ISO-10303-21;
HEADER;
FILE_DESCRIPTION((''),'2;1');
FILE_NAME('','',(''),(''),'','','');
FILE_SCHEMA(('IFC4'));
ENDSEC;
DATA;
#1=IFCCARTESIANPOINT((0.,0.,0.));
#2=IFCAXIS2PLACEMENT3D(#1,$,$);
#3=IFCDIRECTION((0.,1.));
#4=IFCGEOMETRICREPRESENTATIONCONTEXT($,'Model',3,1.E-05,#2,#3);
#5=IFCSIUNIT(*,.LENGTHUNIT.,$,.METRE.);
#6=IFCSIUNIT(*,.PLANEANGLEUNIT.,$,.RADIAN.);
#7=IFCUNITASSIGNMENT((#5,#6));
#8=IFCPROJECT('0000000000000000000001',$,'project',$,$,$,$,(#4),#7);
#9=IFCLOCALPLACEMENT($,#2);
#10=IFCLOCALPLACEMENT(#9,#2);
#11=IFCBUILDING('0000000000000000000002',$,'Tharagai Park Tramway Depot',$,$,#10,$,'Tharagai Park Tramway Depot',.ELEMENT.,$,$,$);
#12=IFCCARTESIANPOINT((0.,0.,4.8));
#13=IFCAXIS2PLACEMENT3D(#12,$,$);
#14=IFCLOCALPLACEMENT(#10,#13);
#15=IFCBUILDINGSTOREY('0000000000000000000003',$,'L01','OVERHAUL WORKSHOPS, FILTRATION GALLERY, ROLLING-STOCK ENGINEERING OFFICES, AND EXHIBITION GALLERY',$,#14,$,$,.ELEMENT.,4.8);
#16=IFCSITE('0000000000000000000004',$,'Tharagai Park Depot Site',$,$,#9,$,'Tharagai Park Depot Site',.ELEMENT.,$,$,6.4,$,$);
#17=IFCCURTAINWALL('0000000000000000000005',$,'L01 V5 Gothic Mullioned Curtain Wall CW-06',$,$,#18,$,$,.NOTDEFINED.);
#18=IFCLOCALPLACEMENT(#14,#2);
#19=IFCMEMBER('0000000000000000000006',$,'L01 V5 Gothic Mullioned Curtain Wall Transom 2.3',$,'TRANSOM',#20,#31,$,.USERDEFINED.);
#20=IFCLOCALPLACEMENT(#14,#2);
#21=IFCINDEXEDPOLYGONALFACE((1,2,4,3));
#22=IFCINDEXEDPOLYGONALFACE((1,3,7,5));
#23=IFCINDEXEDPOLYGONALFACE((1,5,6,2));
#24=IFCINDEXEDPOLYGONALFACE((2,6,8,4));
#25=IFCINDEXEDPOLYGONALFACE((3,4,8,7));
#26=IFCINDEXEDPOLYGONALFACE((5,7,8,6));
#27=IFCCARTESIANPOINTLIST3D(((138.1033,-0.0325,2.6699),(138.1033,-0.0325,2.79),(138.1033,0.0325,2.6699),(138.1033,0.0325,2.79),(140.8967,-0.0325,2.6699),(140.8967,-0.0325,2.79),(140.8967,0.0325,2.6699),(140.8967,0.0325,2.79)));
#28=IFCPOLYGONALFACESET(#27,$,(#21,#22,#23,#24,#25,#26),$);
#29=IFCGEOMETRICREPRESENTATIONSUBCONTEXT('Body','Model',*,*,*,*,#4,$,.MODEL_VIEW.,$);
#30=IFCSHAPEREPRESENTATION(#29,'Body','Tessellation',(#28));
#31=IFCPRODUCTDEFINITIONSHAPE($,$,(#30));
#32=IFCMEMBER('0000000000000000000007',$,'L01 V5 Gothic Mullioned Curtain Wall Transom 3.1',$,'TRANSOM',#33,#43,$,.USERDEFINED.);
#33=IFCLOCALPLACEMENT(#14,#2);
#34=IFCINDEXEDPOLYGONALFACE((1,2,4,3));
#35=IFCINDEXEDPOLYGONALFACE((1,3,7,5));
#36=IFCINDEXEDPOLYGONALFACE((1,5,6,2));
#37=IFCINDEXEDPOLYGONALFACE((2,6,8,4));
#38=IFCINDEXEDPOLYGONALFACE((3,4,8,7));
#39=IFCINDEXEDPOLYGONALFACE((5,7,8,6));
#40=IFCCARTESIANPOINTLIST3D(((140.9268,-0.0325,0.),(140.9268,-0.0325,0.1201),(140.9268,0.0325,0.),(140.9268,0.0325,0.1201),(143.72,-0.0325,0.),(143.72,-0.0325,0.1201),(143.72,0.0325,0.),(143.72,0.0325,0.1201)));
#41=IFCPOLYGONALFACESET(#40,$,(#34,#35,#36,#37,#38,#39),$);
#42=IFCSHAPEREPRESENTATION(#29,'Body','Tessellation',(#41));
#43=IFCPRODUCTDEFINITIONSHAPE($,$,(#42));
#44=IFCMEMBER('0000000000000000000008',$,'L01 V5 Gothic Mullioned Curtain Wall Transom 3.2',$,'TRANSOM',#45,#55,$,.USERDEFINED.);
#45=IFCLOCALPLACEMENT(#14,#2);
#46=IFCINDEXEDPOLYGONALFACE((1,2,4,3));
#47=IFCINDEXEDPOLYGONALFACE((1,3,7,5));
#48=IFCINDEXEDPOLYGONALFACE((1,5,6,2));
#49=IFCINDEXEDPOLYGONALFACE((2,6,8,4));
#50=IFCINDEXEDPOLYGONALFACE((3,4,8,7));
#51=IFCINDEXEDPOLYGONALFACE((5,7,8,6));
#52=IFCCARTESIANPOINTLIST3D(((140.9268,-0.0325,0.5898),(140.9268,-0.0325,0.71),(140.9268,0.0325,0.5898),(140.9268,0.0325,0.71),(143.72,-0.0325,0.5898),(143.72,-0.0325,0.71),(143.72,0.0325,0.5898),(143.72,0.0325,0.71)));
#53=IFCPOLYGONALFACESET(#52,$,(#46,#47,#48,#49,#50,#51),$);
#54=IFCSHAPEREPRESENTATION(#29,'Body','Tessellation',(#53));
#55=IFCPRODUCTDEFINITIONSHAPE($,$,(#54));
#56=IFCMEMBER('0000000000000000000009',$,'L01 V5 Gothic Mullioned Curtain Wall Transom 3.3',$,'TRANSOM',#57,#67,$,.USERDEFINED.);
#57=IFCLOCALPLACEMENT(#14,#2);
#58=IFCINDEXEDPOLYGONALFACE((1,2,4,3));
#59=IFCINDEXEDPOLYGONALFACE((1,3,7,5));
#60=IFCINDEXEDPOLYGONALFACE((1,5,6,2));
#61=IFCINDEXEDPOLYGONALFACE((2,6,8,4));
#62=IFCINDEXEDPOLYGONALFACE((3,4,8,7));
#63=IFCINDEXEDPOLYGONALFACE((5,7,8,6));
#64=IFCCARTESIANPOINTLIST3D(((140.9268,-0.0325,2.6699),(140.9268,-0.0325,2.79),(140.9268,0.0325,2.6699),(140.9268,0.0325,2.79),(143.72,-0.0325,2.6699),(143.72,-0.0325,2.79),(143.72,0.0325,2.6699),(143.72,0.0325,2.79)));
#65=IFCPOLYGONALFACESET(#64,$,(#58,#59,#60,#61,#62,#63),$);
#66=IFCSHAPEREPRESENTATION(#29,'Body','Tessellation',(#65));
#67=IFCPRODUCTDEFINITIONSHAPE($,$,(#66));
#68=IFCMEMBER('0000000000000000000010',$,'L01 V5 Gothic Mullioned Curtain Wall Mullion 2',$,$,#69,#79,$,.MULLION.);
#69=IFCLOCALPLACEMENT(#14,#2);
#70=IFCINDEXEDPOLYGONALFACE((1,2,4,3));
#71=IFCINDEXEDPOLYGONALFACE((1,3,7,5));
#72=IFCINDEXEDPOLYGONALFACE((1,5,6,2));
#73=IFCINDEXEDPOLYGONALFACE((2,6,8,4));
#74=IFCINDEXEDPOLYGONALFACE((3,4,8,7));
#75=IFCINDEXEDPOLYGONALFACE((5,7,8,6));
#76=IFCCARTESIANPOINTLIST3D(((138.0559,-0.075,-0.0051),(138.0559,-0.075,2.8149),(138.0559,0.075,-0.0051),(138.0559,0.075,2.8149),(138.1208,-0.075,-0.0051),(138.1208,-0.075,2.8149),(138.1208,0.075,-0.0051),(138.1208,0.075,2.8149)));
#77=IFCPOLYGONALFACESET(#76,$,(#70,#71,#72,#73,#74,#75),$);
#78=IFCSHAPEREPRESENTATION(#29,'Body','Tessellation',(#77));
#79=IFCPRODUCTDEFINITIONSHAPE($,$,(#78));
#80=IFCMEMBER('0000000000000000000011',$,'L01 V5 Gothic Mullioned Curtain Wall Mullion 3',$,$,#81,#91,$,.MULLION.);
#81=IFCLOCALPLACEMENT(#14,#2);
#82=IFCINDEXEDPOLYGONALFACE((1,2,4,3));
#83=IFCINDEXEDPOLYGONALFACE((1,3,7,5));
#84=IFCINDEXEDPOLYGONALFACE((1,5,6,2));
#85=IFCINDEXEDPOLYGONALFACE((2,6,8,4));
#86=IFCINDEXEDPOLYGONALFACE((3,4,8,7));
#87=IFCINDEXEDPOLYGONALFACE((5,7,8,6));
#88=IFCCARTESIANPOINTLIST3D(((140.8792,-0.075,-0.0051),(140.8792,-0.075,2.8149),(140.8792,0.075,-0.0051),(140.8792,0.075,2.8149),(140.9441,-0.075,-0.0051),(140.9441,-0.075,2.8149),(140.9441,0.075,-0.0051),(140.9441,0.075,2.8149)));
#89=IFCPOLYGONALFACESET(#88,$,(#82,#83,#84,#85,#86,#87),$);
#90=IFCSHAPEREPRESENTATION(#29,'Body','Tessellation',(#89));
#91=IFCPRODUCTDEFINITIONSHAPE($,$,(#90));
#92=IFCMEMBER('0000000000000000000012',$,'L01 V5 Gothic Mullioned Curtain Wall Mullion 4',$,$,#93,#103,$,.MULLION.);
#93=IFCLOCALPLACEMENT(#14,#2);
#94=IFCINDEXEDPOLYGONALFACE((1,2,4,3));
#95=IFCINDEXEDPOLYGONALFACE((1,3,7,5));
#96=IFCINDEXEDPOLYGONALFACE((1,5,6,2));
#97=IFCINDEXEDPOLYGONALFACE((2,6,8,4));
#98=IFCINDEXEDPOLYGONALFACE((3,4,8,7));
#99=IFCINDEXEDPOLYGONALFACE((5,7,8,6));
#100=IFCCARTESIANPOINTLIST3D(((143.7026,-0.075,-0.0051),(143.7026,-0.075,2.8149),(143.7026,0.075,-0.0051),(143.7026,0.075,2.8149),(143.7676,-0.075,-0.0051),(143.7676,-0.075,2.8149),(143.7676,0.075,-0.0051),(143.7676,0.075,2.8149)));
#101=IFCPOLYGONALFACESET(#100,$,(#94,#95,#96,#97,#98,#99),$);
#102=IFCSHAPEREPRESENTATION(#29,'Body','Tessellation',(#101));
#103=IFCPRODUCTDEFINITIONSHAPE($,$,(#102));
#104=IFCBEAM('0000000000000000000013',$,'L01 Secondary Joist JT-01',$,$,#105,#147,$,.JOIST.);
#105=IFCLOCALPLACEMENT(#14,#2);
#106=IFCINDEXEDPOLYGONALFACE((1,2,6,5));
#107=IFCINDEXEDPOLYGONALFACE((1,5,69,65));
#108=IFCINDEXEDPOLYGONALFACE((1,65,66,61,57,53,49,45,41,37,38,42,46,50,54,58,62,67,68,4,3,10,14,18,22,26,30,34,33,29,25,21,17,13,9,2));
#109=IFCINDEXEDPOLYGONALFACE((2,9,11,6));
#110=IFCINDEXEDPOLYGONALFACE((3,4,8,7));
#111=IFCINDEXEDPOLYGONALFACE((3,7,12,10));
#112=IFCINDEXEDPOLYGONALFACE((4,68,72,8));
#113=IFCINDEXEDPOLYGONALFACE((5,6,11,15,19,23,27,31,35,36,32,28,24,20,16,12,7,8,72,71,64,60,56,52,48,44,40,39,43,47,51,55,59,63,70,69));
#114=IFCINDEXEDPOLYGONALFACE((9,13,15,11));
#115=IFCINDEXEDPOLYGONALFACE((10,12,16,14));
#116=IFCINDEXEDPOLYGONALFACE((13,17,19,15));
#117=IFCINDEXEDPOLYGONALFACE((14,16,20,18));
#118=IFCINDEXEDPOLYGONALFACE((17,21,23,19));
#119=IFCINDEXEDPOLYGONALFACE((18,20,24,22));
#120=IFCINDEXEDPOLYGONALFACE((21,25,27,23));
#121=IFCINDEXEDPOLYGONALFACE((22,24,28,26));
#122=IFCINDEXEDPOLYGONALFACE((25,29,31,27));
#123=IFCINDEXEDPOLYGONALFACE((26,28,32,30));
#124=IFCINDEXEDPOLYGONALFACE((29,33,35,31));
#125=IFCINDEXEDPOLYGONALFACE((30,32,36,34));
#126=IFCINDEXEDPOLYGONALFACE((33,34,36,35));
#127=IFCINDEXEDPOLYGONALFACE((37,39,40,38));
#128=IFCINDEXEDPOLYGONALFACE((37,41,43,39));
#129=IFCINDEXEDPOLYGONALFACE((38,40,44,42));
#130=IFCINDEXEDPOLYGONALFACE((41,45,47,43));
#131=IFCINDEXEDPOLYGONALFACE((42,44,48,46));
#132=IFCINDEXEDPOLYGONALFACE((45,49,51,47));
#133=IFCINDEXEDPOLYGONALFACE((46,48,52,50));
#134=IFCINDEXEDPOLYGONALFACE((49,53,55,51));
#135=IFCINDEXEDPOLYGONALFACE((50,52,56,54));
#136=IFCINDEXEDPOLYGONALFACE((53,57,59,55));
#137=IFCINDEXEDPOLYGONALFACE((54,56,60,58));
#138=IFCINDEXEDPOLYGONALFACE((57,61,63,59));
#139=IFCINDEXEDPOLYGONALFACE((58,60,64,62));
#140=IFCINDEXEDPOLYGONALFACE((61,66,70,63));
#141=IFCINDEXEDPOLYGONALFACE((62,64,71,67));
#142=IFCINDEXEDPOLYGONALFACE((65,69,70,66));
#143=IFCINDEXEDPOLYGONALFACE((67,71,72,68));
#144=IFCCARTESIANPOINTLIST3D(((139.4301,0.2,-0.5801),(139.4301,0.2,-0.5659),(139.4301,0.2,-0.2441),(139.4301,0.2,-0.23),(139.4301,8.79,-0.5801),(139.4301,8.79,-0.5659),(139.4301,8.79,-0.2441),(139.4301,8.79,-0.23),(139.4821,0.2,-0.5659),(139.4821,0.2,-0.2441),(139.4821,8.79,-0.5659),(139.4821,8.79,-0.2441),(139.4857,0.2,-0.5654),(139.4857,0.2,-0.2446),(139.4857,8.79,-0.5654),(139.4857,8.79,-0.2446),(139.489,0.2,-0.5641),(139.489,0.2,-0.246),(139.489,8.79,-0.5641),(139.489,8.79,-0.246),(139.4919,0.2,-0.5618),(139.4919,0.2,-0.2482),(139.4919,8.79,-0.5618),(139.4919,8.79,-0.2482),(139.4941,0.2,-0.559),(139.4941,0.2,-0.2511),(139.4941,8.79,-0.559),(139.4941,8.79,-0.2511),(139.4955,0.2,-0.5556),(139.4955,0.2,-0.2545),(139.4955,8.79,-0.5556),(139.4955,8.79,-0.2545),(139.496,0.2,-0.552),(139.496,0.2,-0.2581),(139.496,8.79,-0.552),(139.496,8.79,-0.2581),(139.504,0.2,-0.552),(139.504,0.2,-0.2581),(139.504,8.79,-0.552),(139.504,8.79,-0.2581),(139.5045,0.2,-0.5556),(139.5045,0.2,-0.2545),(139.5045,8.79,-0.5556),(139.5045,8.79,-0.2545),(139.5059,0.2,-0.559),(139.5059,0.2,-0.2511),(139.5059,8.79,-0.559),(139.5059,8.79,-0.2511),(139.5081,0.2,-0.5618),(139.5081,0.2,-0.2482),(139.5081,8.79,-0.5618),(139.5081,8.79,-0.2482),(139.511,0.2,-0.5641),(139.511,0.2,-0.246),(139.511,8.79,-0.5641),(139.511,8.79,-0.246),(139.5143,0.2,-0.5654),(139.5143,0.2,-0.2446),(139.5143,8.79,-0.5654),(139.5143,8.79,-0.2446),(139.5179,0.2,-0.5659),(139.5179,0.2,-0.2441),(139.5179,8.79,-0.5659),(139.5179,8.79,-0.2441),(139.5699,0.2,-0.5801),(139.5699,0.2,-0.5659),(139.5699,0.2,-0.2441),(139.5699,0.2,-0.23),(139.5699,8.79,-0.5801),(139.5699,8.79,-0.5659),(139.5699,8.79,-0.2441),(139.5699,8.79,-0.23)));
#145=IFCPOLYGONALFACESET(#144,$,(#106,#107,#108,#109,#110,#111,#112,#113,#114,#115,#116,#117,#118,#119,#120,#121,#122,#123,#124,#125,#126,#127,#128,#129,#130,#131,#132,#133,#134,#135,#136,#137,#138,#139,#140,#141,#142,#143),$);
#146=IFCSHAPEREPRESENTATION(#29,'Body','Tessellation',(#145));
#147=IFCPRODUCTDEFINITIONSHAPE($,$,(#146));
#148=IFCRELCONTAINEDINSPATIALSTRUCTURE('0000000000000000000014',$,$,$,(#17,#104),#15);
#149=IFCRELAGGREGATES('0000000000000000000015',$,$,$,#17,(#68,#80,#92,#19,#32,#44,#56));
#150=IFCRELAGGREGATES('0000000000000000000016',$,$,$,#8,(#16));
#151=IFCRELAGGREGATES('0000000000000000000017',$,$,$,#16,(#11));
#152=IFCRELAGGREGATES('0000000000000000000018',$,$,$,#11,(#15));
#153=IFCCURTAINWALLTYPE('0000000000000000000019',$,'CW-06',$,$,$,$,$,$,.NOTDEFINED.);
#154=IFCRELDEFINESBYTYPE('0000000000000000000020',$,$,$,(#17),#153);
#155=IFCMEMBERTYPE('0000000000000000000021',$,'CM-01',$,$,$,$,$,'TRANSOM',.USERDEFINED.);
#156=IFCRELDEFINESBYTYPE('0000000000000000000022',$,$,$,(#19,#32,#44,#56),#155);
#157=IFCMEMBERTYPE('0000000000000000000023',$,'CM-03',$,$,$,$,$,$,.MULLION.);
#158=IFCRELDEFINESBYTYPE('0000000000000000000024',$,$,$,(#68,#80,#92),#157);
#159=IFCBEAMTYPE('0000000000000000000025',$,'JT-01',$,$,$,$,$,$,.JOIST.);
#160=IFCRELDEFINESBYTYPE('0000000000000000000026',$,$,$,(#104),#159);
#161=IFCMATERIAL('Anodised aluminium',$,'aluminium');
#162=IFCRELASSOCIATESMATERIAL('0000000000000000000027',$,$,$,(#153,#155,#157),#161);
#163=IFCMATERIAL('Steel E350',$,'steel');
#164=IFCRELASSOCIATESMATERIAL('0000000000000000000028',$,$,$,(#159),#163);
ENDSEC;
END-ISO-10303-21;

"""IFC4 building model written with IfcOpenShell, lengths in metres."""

from ifc_helpers import new_model, si_unit, direction, frame, origin, origin_2d, place, context, subcontext, project, spatial, rectangle, i_section, extrude, material, material_profile, profile_set, type_object, element, aggregate, save


model = new_model("IFC4")

# Units and contexts
model_context = context("Model", 3, precision=1e-05, world=origin(), true_north=direction((0.0, 1.0)))
body_context = subcontext(model_context, "Body", "Model", "MODEL_VIEW")
ifc_project = project(units=[si_unit("LENGTHUNIT", "METRE"), si_unit("PLANEANGLEUNIT", "RADIAN")], contexts=[model_context])

# Site, building, storey
site_placement = place(None, origin())
site = spatial("IfcSite", under=ifc_project, at=site_placement, Name="Tharagai Park Depot Site", LongName="Tharagai Park Depot Site", CompositionType="ELEMENT", RefElevation=6.4)
building_placement = place(site_placement, origin())
building = spatial("IfcBuilding", under=site, at=building_placement, Name="Tharagai Park Tramway Depot", LongName="Tharagai Park Tramway Depot", CompositionType="ELEMENT")
storey_placement = place(building_placement, frame((0.0, 0.0, 4.8)))
storey = spatial("IfcBuildingStorey", under=building, at=storey_placement, Name="L01", Description="OVERHAUL WORKSHOPS, FILTRATION GALLERY, ROLLING-STOCK ENGINEERING OFFICES, AND EXHIBITION GALLERY", CompositionType="ELEMENT", Elevation=4.8)

# Curtain wall, members
ifc_material_1 = material(Name="Anodised aluminium", Category="aluminium")
curtain_wall_type = type_object("IfcCurtainWallType", Name="CW-06", PredefinedType="NOTDEFINED", material=ifc_material_1)
curtain_wall_placement = place(storey_placement, origin())
curtain_wall = element("IfcCurtainWall", 1, at=curtain_wall_placement, inside=storey, type_object=curtain_wall_type, Name="L01 V5 Gothic Mullioned Curtain Wall CW-06", PredefinedType="NOTDEFINED")
ifc_material_profile_1 = material_profile(ifc_material_1, rectangle(XDim=0.0649, YDim=0.1201, at=origin_2d()), Name="ALU 65x120")
ifc_profile_set_1 = profile_set([ifc_material_profile_1], Name="Anodised aluminium")
member_type_1 = type_object("IfcMemberType", Name="CM-01", ElementType="TRANSOM", PredefinedType="USERDEFINED", material=ifc_profile_set_1)
member_1_placement = place(storey_placement, frame((138.1033, 0.0, 2.73), z_axis=(1.0, 0.0, 0.0), x_axis=(0.0, 1.0, 0.0)))
member_1 = element("IfcMember", 2, at=member_1_placement, type_object=member_type_1, Name="L01 V5 Gothic Mullioned Curtain Wall Transom 2.3", ObjectType="TRANSOM", PredefinedType="USERDEFINED", context=body_context, shape_type="SweptSolid", body=[
    extrude(rectangle(XDim=0.0649, YDim=0.1201, at=origin_2d()), origin(), (0.0, 0.0, 1.0), 2.7935),
])
member_2_placement = place(storey_placement, frame((140.9268, 0.0, 0.0601), z_axis=(1.0, 0.0, 0.0), x_axis=(0.0, 1.0, 0.0)))
member_2 = element("IfcMember", 3, at=member_2_placement, type_object=member_type_1, Name="L01 V5 Gothic Mullioned Curtain Wall Transom 3.1", ObjectType="TRANSOM", PredefinedType="USERDEFINED", context=body_context, shape_type="SweptSolid", body=[
    extrude(rectangle(XDim=0.0649, YDim=0.1201, at=origin_2d()), origin(), (0.0, 0.0, 1.0), 2.7932),
])
member_3_placement = place(storey_placement, frame((140.9268, 0.0, 0.6499), z_axis=(1.0, 0.0, 0.0), x_axis=(0.0, 1.0, 0.0)))
member_3 = element("IfcMember", 4, at=member_3_placement, type_object=member_type_1, Name="L01 V5 Gothic Mullioned Curtain Wall Transom 3.2", ObjectType="TRANSOM", PredefinedType="USERDEFINED", context=body_context, shape_type="SweptSolid", body=[
    extrude(rectangle(XDim=0.0649, YDim=0.1201, at=origin_2d()), origin(), (0.0, 0.0, 1.0), 2.7932),
])
member_4_placement = place(storey_placement, frame((140.9268, 0.0, 2.73), z_axis=(1.0, 0.0, 0.0), x_axis=(0.0, 1.0, 0.0)))
member_4 = element("IfcMember", 5, at=member_4_placement, type_object=member_type_1, Name="L01 V5 Gothic Mullioned Curtain Wall Transom 3.3", ObjectType="TRANSOM", PredefinedType="USERDEFINED", context=body_context, shape_type="SweptSolid", body=[
    extrude(rectangle(XDim=0.0649, YDim=0.1201, at=origin_2d()), origin(), (0.0, 0.0, 1.0), 2.7932),
])
ifc_material_profile_2 = material_profile(ifc_material_1, rectangle(XDim=0.0649, YDim=0.1499, at=origin_2d()), Name="ALU 65x150")
ifc_profile_set_2 = profile_set([ifc_material_profile_2], Name="Anodised aluminium")
member_type_2 = type_object("IfcMemberType", Name="CM-03", PredefinedType="MULLION", material=ifc_profile_set_2)
member_5_placement = place(storey_placement, frame((138.0884, 0.0, -0.0051), z_axis=(0.0, 0.0, 1.0), x_axis=(1.0, 0.0, 0.0)))
member_5 = element("IfcMember", 6, at=member_5_placement, type_object=member_type_2, Name="L01 V5 Gothic Mullioned Curtain Wall Mullion 2", PredefinedType="MULLION", context=body_context, shape_type="SweptSolid", body=[
    extrude(rectangle(XDim=0.0649, YDim=0.1499, at=origin_2d()), origin(), (0.0, 0.0, 1.0), 2.8201),
])
member_6_placement = place(storey_placement, frame((140.9116, 0.0, -0.0051), z_axis=(0.0, 0.0, 1.0), x_axis=(1.0, 0.0, 0.0)))
member_6 = element("IfcMember", 7, at=member_6_placement, type_object=member_type_2, Name="L01 V5 Gothic Mullioned Curtain Wall Mullion 3", PredefinedType="MULLION", context=body_context, shape_type="SweptSolid", body=[
    extrude(rectangle(XDim=0.0649, YDim=0.1499, at=origin_2d()), origin(), (0.0, 0.0, 1.0), 2.8201),
])
member_7_placement = place(storey_placement, frame((143.7351, 0.0, -0.0051), z_axis=(0.0, 0.0, 1.0), x_axis=(1.0, 0.0, 0.0)))
member_7 = element("IfcMember", 8, at=member_7_placement, type_object=member_type_2, Name="L01 V5 Gothic Mullioned Curtain Wall Mullion 4", PredefinedType="MULLION", context=body_context, shape_type="SweptSolid", body=[
    extrude(rectangle(XDim=0.0649, YDim=0.1499, at=origin_2d()), origin(), (0.0, 0.0, 1.0), 2.8201),
])

# Beam
ifc_material_2 = material(Name="Steel E350", Category="steel")
ifc_material_profile_3 = material_profile(ifc_material_2, i_section(OverallWidth=0.1399, OverallDepth=0.3501, WebThickness=0.0081, FlangeThickness=0.0142, FilletRadius=0.0139, at=origin_2d()), Name="ISMB 350")
ifc_profile_set_3 = profile_set([ifc_material_profile_3], Name="Steel E350")
beam_type_1 = type_object("IfcBeamType", Name="JT-01", PredefinedType="JOIST", material=ifc_profile_set_3)
beam_1_placement = place(storey_placement, frame((139.5, 0.2, -0.405), z_axis=(0.0, 1.0, 0.0), x_axis=(-1.0, 0.0, 0.0)))
element("IfcBeam", 9, at=beam_1_placement, inside=storey, type_object=beam_type_1, Name="L01 Secondary Joist JT-01", PredefinedType="JOIST", context=body_context, shape_type="SweptSolid", body=[
    extrude(i_section(OverallWidth=0.1399, OverallDepth=0.3501, WebThickness=0.0081, FlangeThickness=0.0142, FilletRadius=0.0139, at=origin_2d()), origin(), (0.0, 0.0, 1.0), 8.5901),
])

aggregate(curtain_wall, [member_5, member_6, member_7, member_1, member_2, member_3, member_4])

save(model, "model.ifc")
